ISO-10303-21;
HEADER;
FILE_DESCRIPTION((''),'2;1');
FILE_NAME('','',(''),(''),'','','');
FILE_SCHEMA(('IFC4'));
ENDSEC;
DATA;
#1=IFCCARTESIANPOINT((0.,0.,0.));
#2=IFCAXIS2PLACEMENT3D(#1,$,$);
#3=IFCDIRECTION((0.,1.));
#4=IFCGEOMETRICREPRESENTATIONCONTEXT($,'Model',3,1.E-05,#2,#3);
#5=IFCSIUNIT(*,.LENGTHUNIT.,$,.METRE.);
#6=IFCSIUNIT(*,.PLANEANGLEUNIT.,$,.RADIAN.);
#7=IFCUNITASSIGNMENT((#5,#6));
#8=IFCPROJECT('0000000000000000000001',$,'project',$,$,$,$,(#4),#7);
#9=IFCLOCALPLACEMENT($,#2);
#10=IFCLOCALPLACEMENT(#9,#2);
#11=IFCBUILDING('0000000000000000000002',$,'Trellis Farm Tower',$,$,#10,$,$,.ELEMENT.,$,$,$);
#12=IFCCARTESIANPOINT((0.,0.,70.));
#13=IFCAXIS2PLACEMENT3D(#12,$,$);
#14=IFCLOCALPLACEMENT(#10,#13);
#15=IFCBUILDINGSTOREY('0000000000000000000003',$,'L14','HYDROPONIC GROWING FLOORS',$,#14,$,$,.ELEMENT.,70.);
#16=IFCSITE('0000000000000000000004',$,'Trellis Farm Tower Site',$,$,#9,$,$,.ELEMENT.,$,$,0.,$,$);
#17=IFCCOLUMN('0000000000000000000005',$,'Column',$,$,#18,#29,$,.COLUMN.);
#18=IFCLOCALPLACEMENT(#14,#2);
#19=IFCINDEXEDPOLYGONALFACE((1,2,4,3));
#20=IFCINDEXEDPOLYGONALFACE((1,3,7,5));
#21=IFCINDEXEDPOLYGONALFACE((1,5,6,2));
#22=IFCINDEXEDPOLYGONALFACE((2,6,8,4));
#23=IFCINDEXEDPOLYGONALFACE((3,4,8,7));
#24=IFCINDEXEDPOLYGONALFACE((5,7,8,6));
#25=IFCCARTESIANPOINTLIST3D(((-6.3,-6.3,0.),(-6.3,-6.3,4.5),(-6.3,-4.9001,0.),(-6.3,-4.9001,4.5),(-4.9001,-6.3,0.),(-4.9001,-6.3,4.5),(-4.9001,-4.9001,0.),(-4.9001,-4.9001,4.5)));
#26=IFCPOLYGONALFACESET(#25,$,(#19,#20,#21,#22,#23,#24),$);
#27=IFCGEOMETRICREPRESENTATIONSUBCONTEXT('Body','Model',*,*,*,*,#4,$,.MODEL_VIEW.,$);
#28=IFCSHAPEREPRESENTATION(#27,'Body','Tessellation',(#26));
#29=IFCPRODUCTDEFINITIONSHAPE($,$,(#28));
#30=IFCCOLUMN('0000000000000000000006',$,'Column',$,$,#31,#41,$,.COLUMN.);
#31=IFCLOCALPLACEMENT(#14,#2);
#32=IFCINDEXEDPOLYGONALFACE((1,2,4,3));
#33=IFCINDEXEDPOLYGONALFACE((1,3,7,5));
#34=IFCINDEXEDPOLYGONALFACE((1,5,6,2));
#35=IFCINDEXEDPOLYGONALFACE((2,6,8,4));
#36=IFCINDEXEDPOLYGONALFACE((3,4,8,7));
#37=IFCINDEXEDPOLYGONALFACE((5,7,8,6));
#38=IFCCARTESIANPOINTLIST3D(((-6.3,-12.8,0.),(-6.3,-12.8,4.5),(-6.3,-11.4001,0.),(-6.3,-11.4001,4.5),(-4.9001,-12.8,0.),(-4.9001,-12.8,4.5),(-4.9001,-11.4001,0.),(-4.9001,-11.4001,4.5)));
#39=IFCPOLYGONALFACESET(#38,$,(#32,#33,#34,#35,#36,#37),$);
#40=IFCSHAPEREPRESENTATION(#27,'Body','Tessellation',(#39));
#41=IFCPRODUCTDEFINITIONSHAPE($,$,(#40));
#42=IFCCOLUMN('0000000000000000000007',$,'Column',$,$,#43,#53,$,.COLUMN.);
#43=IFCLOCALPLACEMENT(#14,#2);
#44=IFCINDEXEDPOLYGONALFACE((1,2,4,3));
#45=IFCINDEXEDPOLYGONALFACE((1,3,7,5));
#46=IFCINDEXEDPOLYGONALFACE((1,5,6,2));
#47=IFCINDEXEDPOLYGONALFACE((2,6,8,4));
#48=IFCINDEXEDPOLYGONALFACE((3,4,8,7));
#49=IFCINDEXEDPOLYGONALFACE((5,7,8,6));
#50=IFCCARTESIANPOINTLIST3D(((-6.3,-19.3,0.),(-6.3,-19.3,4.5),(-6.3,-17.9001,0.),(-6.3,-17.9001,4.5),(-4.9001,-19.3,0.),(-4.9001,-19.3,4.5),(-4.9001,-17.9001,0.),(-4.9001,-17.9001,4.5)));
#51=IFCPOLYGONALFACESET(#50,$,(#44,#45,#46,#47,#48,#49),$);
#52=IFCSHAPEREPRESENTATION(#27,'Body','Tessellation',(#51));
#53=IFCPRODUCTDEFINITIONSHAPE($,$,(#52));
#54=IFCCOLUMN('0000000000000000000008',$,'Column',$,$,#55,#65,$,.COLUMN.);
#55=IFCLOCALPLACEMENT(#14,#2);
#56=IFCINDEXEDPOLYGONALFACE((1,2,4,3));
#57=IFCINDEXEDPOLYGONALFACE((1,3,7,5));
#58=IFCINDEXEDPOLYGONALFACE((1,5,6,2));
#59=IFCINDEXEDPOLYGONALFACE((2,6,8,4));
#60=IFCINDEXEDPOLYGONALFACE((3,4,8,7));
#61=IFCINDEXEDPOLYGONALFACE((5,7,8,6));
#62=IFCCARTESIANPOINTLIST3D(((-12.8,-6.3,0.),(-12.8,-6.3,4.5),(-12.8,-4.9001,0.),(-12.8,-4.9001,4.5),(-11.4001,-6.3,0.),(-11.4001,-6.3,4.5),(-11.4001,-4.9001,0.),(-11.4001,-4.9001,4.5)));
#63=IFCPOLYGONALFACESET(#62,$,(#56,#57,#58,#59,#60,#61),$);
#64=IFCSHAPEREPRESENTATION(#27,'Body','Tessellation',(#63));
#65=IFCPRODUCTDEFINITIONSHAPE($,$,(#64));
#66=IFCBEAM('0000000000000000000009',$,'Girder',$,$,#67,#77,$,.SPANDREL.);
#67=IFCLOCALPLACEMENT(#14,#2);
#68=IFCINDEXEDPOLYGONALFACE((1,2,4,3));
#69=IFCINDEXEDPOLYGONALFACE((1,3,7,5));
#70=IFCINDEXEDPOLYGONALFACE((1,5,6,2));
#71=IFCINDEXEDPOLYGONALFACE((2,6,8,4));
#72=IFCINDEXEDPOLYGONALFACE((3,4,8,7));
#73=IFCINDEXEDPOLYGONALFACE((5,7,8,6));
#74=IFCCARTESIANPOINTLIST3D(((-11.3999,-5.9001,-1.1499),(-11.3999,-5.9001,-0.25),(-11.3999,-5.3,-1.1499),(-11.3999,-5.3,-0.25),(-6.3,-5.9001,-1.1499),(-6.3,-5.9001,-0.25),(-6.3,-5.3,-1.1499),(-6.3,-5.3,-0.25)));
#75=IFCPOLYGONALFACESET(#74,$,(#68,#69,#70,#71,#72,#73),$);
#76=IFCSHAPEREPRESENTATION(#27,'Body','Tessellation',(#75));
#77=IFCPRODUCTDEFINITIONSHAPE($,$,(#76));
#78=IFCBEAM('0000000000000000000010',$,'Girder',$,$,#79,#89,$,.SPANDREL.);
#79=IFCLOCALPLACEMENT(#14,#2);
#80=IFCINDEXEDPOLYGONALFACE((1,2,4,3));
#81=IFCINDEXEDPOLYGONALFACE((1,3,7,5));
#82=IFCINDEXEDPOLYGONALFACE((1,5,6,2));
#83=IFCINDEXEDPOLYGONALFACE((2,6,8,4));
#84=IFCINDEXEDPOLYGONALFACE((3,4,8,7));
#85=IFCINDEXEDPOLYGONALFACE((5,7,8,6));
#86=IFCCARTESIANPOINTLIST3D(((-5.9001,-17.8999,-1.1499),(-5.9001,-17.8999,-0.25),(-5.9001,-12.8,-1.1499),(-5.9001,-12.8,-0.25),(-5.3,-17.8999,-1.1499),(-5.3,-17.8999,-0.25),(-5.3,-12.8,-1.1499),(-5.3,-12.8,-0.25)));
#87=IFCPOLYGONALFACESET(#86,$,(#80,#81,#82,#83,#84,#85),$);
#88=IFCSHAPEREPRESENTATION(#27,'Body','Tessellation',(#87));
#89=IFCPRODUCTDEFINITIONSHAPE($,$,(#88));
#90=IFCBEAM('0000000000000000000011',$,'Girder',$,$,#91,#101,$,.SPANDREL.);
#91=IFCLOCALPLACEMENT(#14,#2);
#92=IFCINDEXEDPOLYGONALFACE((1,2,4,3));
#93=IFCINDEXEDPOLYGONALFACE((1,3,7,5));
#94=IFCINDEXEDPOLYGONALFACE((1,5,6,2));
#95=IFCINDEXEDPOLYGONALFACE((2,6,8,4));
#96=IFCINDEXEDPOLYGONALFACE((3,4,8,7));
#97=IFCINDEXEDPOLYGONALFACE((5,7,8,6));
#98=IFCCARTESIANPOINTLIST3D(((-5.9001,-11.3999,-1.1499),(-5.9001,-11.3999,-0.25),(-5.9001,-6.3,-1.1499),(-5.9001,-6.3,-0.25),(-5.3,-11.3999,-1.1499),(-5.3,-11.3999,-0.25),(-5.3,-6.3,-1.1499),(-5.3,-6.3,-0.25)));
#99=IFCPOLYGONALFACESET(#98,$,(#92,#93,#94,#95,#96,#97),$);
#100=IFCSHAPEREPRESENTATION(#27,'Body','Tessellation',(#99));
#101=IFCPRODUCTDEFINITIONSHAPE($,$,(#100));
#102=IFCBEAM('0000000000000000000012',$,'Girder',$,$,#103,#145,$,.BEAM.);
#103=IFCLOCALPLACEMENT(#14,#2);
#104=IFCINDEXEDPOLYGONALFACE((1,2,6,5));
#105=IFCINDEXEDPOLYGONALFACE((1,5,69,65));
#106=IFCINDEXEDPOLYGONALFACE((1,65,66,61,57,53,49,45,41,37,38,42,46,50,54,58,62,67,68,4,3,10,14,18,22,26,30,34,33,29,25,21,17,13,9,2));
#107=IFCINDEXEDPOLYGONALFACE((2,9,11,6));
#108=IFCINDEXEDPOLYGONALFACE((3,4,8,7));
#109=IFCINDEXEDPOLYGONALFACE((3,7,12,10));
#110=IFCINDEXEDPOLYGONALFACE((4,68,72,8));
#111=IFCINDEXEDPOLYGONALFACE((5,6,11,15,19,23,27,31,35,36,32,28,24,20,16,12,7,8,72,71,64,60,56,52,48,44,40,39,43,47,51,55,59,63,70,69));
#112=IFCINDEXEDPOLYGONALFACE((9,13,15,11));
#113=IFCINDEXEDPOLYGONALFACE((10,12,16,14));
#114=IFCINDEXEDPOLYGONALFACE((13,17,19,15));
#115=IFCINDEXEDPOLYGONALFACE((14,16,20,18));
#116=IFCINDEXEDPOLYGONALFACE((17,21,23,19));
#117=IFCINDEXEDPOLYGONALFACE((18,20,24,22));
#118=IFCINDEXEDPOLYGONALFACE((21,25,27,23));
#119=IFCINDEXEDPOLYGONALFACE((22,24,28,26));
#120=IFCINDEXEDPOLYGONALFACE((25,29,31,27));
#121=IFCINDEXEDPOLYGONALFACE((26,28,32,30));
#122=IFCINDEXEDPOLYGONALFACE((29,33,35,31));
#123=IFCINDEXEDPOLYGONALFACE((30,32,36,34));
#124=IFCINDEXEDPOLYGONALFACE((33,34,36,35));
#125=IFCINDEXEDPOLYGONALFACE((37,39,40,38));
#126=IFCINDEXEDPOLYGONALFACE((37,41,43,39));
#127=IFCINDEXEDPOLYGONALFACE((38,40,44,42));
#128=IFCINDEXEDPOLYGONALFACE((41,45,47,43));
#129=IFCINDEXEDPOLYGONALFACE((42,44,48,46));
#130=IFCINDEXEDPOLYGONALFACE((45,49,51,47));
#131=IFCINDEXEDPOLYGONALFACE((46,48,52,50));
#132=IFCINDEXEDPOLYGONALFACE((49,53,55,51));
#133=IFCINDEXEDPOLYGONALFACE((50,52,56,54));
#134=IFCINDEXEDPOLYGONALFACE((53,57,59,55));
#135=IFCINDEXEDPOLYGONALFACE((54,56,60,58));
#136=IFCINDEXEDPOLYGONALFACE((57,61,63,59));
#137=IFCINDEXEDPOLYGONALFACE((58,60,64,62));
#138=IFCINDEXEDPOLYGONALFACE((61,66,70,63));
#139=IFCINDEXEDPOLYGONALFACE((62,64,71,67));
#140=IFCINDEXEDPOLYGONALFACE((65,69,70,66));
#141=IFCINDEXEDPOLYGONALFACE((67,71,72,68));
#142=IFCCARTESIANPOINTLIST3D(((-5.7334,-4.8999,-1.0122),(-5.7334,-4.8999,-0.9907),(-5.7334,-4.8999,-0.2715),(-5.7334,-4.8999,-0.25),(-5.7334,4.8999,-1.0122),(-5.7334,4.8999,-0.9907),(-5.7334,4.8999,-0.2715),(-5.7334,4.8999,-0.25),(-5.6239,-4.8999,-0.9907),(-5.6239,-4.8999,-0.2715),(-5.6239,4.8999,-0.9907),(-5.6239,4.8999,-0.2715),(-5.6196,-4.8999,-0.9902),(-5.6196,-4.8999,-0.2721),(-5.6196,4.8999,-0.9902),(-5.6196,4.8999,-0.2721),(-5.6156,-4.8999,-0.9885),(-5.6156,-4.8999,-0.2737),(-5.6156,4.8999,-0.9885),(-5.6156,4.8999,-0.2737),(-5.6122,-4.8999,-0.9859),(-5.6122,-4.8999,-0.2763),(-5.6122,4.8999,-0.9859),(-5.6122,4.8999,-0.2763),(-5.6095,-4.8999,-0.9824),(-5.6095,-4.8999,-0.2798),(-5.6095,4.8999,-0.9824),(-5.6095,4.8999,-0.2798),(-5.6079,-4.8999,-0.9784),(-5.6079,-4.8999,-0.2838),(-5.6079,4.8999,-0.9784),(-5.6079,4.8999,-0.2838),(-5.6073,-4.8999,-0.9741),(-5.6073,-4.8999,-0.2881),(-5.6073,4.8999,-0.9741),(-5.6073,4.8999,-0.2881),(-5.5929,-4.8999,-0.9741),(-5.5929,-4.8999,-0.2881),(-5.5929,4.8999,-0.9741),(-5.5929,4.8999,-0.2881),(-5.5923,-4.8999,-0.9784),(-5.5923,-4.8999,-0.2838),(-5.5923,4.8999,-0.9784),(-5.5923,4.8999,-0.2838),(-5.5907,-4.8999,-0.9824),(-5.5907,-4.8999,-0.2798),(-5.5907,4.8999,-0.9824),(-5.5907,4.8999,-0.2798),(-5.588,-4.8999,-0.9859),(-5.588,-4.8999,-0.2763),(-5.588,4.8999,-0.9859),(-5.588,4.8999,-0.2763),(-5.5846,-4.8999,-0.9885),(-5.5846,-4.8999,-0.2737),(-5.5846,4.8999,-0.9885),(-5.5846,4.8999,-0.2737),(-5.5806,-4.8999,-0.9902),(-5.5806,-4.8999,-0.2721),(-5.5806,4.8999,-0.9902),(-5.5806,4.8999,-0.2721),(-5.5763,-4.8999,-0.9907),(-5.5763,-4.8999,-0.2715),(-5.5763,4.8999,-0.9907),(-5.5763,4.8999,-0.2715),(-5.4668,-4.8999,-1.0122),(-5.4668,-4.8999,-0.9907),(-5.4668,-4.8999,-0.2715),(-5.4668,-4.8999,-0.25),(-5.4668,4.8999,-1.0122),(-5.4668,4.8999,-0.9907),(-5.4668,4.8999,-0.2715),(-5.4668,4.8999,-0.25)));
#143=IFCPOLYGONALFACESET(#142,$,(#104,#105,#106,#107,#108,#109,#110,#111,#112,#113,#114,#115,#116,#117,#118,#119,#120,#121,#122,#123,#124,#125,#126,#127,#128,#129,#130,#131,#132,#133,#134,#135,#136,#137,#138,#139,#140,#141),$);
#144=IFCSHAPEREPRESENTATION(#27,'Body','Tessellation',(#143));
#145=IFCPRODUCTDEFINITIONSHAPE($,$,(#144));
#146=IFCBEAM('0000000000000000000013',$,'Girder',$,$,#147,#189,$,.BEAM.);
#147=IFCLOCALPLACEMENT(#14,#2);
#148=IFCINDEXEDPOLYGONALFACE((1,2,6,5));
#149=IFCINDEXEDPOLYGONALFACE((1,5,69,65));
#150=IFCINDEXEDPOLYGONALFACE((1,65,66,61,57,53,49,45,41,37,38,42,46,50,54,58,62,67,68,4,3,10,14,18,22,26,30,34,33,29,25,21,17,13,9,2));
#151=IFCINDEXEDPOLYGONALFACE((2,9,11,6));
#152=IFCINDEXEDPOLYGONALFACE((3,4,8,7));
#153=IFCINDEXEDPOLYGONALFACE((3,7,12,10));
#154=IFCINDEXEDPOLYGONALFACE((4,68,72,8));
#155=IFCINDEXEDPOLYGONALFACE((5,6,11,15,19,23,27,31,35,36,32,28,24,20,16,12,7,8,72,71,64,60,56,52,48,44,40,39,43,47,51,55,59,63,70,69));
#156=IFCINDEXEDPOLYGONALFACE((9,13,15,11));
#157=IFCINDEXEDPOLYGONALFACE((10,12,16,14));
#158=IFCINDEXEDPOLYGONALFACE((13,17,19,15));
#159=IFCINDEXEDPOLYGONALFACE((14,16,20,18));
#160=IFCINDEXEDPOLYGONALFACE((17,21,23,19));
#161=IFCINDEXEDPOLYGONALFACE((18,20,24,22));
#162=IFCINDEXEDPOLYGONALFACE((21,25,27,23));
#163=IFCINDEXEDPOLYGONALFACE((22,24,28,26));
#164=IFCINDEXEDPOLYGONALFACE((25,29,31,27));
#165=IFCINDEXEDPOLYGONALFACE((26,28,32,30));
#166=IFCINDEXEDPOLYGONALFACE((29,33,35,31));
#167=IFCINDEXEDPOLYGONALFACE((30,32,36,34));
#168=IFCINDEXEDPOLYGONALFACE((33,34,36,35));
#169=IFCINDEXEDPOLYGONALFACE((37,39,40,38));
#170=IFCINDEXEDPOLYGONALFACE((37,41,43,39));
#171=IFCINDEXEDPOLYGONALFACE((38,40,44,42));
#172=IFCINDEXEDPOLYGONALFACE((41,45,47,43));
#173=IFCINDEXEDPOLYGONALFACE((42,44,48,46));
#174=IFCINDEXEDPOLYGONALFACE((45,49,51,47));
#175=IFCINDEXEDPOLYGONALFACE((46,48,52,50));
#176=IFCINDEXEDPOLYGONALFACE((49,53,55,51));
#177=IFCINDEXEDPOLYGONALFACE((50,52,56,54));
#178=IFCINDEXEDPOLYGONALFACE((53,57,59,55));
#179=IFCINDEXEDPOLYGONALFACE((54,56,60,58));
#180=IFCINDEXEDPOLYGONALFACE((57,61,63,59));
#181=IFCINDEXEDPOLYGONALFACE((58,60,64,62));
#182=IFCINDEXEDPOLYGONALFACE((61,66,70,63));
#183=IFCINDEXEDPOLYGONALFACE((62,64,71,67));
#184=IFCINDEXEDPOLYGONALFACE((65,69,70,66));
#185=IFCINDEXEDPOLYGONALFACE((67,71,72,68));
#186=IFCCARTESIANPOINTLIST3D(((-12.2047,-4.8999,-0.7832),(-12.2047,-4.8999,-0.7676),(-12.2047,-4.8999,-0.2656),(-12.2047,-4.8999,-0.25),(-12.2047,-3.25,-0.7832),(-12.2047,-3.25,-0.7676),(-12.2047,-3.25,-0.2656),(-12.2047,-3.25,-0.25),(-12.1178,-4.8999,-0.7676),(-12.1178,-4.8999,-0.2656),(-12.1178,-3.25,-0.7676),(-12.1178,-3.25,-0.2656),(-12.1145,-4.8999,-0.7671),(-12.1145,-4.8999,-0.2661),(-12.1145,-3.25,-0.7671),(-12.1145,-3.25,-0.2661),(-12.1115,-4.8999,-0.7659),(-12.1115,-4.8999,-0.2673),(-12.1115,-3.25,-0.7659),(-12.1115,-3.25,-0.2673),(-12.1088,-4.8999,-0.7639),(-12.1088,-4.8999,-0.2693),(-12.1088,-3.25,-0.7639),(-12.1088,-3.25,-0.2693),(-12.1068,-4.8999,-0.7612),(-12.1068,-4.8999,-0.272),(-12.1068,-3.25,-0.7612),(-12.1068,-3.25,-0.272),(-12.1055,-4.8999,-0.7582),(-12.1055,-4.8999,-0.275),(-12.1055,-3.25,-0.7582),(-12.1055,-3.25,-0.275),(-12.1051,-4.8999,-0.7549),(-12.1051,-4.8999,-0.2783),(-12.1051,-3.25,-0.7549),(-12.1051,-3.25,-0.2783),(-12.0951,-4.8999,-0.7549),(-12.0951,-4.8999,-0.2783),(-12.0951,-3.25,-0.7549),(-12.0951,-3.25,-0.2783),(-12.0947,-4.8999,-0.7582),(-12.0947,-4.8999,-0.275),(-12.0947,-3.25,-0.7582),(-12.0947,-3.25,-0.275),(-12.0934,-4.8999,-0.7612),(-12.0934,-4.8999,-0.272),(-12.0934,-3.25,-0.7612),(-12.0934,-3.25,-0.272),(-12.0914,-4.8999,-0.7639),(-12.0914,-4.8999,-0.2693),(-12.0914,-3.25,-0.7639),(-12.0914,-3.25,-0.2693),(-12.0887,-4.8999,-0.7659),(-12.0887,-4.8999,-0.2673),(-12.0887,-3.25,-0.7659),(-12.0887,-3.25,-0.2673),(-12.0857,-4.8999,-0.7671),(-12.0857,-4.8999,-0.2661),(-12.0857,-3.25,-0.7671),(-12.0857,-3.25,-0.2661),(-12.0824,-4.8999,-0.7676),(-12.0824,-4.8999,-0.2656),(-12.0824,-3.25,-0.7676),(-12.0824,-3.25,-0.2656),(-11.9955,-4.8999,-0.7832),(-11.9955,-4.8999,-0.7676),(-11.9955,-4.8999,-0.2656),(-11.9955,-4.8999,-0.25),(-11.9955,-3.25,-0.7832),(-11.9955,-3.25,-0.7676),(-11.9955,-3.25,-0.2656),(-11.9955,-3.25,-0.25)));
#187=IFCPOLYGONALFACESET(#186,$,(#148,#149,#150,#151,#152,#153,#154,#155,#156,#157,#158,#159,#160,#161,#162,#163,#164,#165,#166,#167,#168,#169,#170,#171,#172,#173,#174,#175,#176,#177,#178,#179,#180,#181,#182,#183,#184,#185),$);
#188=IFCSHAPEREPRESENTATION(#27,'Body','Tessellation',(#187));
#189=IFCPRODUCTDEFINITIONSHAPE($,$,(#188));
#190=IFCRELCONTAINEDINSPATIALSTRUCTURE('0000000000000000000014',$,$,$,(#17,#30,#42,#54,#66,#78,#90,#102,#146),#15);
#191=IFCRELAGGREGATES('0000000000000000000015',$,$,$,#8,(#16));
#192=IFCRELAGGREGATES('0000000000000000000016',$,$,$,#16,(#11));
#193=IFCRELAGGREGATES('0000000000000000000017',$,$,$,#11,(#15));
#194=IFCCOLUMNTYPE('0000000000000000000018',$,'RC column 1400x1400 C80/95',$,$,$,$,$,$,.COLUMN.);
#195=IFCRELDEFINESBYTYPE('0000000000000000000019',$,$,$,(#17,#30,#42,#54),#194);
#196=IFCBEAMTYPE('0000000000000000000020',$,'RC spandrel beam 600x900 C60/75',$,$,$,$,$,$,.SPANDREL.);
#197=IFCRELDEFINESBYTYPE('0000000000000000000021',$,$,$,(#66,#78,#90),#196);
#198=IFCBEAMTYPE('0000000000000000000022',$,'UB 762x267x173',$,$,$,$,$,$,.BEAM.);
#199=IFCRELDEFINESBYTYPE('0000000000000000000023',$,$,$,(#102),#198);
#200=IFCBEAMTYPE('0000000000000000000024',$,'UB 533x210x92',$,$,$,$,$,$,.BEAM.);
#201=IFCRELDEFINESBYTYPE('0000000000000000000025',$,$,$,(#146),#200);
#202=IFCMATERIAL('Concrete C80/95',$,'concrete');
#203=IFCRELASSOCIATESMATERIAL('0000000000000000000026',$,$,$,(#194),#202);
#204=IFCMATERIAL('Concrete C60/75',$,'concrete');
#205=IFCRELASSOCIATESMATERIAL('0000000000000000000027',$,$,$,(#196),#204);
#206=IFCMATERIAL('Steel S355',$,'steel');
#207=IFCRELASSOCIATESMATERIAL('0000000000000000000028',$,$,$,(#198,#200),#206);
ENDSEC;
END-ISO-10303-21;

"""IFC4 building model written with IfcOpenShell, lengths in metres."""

from ifc_helpers import new_model, si_unit, direction, frame, origin, origin_2d, place, context, subcontext, project, spatial, rectangle, i_section, extrude, source, transform, mapped, material, material_profile, profile_set, type_object, element, save


model = new_model("IFC4")

# Units and contexts
model_context = context("Model", 3, precision=1e-05, world=origin(), true_north=direction((0.0, 1.0)))
body_context = subcontext(model_context, "Body", "Model", "MODEL_VIEW")
ifc_project = project(units=[si_unit("LENGTHUNIT", "METRE"), si_unit("PLANEANGLEUNIT", "RADIAN")], contexts=[model_context])

# Site, building, storey
site_placement = place(None, origin())
site = spatial("IfcSite", under=ifc_project, at=site_placement, Name="Trellis Farm Tower Site", CompositionType="ELEMENT", RefElevation=0.0)
building_placement = place(site_placement, origin())
building = spatial("IfcBuilding", under=site, at=building_placement, Name="Trellis Farm Tower", CompositionType="ELEMENT")
storey_placement = place(building_placement, frame((0.0, 0.0, 70.0)))
storey = spatial("IfcBuildingStorey", under=building, at=storey_placement, Name="L14", Description="HYDROPONIC GROWING FLOORS", CompositionType="ELEMENT", Elevation=70.0)

# Columns
ifc_material_1 = material(Name="Concrete C80/95", Category="concrete")
ifc_material_profile_1 = material_profile(ifc_material_1, rectangle(XDim=1.3999, YDim=1.3999, at=origin_2d()), Name="RC column 1400x1400 C80/95")
ifc_profile_set_1 = profile_set([ifc_material_profile_1], Name="Concrete C80/95")
column_type = type_object("IfcColumnType", Name="RC column 1400x1400 C80/95", PredefinedType="COLUMN", material=ifc_profile_set_1)
shared_shape_1 = source(origin(), body_context, "Body", "SweptSolid", [
    extrude(rectangle(XDim=1.3999, YDim=1.3999, at=origin_2d()), origin(), (0.0, 0.0, 1.0), 4.5),
])
for number, where, z_axis, x_axis, name in (
    (1, (-5.6001, -5.6001, 0.0), (0.0, 0.0, 1.0), (1.0, 0.0, 0.0), "Column"),
    (2, (-5.6001, -12.1001, 0.0), (0.0, 0.0, 1.0), (1.0, 0.0, 0.0), "Column"),
    (3, (-5.6001, -18.6001, 0.0), (0.0, 0.0, 1.0), (1.0, 0.0, 0.0), "Column"),
    (4, (-12.1001, -5.6001, 0.0), (0.0, 0.0, 1.0), (1.0, 0.0, 0.0), "Column"),
):
    element("IfcColumn", number, at=place(storey_placement, frame(where, z_axis=z_axis, x_axis=x_axis)), inside=storey, type_object=column_type, Name=name, PredefinedType="COLUMN", context=body_context, shape_type="MappedRepresentation", body=[
        mapped(shared_shape_1, transform((0.0, 0.0, 0.0))),
    ])

# Beams
ifc_material_2 = material(Name="Concrete C60/75", Category="concrete")
ifc_material_profile_2 = material_profile(ifc_material_2, rectangle(XDim=0.6001, YDim=0.8999, at=origin_2d()), Name="RC spandrel beam 600x900 C60/75")
ifc_profile_set_2 = profile_set([ifc_material_profile_2], Name="Concrete C60/75")
beam_type_1 = type_object("IfcBeamType", Name="RC spandrel beam 600x900 C60/75", PredefinedType="SPANDREL", material=ifc_profile_set_2)
shared_shape_2 = source(origin(), body_context, "Body", "SweptSolid", [
    extrude(rectangle(XDim=0.6001, YDim=0.8999, at=origin_2d()), origin(), (0.0, 0.0, 1.0), 5.0999),
])
for number, where, z_axis, x_axis, name in (
    (5, (-11.3999, -5.6001, -0.7), (1.0, 0.0, 0.0), (0.0, 1.0, 0.0), "Girder"),
    (6, (-5.6001, -17.8999, -0.7), (0.0, 1.0, 0.0), (-1.0, 0.0, 0.0), "Girder"),
    (7, (-5.6001, -11.3999, -0.7), (0.0, 1.0, 0.0), (-1.0, 0.0, 0.0), "Girder"),
):
    element("IfcBeam", number, at=place(storey_placement, frame(where, z_axis=z_axis, x_axis=x_axis)), inside=storey, type_object=beam_type_1, Name=name, PredefinedType="SPANDREL", context=body_context, shape_type="MappedRepresentation", body=[
        mapped(shared_shape_2, transform((0.0, 0.0, 0.0))),
    ])
ifc_material_3 = material(Name="Steel S355", Category="steel")
ifc_material_profile_3 = material_profile(ifc_material_3, i_section(OverallWidth=0.2666, OverallDepth=0.7622, WebThickness=0.0144, FlangeThickness=0.0215, FilletRadius=0.0166, at=origin_2d()), Name="UB 762x267x173")
ifc_profile_set_3 = profile_set([ifc_material_profile_3], Name="Steel S355")
beam_type_2 = type_object("IfcBeamType", Name="UB 762x267x173", PredefinedType="BEAM", material=ifc_profile_set_3)
shared_shape_3 = source(origin(), body_context, "Body", "SweptSolid", [
    extrude(i_section(OverallWidth=0.2666, OverallDepth=0.7622, WebThickness=0.0144, FlangeThickness=0.0215, FilletRadius=0.0166, at=origin_2d()), origin(), (0.0, 0.0, 1.0), 9.7998),
])
beam_1_placement = place(storey_placement, frame((-5.6001, -4.8999, -0.6311), z_axis=(0.0, 1.0, 0.0), x_axis=(-1.0, 0.0, 0.0)))
element("IfcBeam", 8, at=beam_1_placement, inside=storey, type_object=beam_type_2, Name="Girder", PredefinedType="BEAM", context=body_context, shape_type="MappedRepresentation", body=[
    mapped(shared_shape_3, transform((0.0, 0.0, 0.0))),
])
ifc_material_profile_4 = material_profile(ifc_material_3, i_section(OverallWidth=0.2092, OverallDepth=0.5332, WebThickness=0.01, FlangeThickness=0.0156, FilletRadius=0.0127, at=origin_2d()), Name="UB 533x210x92")
ifc_profile_set_4 = profile_set([ifc_material_profile_4], Name="Steel S355")
beam_type_3 = type_object("IfcBeamType", Name="UB 533x210x92", PredefinedType="BEAM", material=ifc_profile_set_4)
shared_shape_4 = source(origin(), body_context, "Body", "SweptSolid", [
    extrude(i_section(OverallWidth=0.2092, OverallDepth=0.5332, WebThickness=0.01, FlangeThickness=0.0156, FilletRadius=0.0127, at=origin_2d()), origin(), (0.0, 0.0, 1.0), 1.6499),
])
beam_2_placement = place(storey_placement, frame((-12.1001, -4.8999, -0.5166), z_axis=(0.0, 1.0, 0.0), x_axis=(-1.0, 0.0, 0.0)))
element("IfcBeam", 9, at=beam_2_placement, inside=storey, type_object=beam_type_3, Name="Girder", PredefinedType="BEAM", context=body_context, shape_type="MappedRepresentation", body=[
    mapped(shared_shape_4, transform((0.0, 0.0, 0.0))),
])

save(model, "model.ifc")
